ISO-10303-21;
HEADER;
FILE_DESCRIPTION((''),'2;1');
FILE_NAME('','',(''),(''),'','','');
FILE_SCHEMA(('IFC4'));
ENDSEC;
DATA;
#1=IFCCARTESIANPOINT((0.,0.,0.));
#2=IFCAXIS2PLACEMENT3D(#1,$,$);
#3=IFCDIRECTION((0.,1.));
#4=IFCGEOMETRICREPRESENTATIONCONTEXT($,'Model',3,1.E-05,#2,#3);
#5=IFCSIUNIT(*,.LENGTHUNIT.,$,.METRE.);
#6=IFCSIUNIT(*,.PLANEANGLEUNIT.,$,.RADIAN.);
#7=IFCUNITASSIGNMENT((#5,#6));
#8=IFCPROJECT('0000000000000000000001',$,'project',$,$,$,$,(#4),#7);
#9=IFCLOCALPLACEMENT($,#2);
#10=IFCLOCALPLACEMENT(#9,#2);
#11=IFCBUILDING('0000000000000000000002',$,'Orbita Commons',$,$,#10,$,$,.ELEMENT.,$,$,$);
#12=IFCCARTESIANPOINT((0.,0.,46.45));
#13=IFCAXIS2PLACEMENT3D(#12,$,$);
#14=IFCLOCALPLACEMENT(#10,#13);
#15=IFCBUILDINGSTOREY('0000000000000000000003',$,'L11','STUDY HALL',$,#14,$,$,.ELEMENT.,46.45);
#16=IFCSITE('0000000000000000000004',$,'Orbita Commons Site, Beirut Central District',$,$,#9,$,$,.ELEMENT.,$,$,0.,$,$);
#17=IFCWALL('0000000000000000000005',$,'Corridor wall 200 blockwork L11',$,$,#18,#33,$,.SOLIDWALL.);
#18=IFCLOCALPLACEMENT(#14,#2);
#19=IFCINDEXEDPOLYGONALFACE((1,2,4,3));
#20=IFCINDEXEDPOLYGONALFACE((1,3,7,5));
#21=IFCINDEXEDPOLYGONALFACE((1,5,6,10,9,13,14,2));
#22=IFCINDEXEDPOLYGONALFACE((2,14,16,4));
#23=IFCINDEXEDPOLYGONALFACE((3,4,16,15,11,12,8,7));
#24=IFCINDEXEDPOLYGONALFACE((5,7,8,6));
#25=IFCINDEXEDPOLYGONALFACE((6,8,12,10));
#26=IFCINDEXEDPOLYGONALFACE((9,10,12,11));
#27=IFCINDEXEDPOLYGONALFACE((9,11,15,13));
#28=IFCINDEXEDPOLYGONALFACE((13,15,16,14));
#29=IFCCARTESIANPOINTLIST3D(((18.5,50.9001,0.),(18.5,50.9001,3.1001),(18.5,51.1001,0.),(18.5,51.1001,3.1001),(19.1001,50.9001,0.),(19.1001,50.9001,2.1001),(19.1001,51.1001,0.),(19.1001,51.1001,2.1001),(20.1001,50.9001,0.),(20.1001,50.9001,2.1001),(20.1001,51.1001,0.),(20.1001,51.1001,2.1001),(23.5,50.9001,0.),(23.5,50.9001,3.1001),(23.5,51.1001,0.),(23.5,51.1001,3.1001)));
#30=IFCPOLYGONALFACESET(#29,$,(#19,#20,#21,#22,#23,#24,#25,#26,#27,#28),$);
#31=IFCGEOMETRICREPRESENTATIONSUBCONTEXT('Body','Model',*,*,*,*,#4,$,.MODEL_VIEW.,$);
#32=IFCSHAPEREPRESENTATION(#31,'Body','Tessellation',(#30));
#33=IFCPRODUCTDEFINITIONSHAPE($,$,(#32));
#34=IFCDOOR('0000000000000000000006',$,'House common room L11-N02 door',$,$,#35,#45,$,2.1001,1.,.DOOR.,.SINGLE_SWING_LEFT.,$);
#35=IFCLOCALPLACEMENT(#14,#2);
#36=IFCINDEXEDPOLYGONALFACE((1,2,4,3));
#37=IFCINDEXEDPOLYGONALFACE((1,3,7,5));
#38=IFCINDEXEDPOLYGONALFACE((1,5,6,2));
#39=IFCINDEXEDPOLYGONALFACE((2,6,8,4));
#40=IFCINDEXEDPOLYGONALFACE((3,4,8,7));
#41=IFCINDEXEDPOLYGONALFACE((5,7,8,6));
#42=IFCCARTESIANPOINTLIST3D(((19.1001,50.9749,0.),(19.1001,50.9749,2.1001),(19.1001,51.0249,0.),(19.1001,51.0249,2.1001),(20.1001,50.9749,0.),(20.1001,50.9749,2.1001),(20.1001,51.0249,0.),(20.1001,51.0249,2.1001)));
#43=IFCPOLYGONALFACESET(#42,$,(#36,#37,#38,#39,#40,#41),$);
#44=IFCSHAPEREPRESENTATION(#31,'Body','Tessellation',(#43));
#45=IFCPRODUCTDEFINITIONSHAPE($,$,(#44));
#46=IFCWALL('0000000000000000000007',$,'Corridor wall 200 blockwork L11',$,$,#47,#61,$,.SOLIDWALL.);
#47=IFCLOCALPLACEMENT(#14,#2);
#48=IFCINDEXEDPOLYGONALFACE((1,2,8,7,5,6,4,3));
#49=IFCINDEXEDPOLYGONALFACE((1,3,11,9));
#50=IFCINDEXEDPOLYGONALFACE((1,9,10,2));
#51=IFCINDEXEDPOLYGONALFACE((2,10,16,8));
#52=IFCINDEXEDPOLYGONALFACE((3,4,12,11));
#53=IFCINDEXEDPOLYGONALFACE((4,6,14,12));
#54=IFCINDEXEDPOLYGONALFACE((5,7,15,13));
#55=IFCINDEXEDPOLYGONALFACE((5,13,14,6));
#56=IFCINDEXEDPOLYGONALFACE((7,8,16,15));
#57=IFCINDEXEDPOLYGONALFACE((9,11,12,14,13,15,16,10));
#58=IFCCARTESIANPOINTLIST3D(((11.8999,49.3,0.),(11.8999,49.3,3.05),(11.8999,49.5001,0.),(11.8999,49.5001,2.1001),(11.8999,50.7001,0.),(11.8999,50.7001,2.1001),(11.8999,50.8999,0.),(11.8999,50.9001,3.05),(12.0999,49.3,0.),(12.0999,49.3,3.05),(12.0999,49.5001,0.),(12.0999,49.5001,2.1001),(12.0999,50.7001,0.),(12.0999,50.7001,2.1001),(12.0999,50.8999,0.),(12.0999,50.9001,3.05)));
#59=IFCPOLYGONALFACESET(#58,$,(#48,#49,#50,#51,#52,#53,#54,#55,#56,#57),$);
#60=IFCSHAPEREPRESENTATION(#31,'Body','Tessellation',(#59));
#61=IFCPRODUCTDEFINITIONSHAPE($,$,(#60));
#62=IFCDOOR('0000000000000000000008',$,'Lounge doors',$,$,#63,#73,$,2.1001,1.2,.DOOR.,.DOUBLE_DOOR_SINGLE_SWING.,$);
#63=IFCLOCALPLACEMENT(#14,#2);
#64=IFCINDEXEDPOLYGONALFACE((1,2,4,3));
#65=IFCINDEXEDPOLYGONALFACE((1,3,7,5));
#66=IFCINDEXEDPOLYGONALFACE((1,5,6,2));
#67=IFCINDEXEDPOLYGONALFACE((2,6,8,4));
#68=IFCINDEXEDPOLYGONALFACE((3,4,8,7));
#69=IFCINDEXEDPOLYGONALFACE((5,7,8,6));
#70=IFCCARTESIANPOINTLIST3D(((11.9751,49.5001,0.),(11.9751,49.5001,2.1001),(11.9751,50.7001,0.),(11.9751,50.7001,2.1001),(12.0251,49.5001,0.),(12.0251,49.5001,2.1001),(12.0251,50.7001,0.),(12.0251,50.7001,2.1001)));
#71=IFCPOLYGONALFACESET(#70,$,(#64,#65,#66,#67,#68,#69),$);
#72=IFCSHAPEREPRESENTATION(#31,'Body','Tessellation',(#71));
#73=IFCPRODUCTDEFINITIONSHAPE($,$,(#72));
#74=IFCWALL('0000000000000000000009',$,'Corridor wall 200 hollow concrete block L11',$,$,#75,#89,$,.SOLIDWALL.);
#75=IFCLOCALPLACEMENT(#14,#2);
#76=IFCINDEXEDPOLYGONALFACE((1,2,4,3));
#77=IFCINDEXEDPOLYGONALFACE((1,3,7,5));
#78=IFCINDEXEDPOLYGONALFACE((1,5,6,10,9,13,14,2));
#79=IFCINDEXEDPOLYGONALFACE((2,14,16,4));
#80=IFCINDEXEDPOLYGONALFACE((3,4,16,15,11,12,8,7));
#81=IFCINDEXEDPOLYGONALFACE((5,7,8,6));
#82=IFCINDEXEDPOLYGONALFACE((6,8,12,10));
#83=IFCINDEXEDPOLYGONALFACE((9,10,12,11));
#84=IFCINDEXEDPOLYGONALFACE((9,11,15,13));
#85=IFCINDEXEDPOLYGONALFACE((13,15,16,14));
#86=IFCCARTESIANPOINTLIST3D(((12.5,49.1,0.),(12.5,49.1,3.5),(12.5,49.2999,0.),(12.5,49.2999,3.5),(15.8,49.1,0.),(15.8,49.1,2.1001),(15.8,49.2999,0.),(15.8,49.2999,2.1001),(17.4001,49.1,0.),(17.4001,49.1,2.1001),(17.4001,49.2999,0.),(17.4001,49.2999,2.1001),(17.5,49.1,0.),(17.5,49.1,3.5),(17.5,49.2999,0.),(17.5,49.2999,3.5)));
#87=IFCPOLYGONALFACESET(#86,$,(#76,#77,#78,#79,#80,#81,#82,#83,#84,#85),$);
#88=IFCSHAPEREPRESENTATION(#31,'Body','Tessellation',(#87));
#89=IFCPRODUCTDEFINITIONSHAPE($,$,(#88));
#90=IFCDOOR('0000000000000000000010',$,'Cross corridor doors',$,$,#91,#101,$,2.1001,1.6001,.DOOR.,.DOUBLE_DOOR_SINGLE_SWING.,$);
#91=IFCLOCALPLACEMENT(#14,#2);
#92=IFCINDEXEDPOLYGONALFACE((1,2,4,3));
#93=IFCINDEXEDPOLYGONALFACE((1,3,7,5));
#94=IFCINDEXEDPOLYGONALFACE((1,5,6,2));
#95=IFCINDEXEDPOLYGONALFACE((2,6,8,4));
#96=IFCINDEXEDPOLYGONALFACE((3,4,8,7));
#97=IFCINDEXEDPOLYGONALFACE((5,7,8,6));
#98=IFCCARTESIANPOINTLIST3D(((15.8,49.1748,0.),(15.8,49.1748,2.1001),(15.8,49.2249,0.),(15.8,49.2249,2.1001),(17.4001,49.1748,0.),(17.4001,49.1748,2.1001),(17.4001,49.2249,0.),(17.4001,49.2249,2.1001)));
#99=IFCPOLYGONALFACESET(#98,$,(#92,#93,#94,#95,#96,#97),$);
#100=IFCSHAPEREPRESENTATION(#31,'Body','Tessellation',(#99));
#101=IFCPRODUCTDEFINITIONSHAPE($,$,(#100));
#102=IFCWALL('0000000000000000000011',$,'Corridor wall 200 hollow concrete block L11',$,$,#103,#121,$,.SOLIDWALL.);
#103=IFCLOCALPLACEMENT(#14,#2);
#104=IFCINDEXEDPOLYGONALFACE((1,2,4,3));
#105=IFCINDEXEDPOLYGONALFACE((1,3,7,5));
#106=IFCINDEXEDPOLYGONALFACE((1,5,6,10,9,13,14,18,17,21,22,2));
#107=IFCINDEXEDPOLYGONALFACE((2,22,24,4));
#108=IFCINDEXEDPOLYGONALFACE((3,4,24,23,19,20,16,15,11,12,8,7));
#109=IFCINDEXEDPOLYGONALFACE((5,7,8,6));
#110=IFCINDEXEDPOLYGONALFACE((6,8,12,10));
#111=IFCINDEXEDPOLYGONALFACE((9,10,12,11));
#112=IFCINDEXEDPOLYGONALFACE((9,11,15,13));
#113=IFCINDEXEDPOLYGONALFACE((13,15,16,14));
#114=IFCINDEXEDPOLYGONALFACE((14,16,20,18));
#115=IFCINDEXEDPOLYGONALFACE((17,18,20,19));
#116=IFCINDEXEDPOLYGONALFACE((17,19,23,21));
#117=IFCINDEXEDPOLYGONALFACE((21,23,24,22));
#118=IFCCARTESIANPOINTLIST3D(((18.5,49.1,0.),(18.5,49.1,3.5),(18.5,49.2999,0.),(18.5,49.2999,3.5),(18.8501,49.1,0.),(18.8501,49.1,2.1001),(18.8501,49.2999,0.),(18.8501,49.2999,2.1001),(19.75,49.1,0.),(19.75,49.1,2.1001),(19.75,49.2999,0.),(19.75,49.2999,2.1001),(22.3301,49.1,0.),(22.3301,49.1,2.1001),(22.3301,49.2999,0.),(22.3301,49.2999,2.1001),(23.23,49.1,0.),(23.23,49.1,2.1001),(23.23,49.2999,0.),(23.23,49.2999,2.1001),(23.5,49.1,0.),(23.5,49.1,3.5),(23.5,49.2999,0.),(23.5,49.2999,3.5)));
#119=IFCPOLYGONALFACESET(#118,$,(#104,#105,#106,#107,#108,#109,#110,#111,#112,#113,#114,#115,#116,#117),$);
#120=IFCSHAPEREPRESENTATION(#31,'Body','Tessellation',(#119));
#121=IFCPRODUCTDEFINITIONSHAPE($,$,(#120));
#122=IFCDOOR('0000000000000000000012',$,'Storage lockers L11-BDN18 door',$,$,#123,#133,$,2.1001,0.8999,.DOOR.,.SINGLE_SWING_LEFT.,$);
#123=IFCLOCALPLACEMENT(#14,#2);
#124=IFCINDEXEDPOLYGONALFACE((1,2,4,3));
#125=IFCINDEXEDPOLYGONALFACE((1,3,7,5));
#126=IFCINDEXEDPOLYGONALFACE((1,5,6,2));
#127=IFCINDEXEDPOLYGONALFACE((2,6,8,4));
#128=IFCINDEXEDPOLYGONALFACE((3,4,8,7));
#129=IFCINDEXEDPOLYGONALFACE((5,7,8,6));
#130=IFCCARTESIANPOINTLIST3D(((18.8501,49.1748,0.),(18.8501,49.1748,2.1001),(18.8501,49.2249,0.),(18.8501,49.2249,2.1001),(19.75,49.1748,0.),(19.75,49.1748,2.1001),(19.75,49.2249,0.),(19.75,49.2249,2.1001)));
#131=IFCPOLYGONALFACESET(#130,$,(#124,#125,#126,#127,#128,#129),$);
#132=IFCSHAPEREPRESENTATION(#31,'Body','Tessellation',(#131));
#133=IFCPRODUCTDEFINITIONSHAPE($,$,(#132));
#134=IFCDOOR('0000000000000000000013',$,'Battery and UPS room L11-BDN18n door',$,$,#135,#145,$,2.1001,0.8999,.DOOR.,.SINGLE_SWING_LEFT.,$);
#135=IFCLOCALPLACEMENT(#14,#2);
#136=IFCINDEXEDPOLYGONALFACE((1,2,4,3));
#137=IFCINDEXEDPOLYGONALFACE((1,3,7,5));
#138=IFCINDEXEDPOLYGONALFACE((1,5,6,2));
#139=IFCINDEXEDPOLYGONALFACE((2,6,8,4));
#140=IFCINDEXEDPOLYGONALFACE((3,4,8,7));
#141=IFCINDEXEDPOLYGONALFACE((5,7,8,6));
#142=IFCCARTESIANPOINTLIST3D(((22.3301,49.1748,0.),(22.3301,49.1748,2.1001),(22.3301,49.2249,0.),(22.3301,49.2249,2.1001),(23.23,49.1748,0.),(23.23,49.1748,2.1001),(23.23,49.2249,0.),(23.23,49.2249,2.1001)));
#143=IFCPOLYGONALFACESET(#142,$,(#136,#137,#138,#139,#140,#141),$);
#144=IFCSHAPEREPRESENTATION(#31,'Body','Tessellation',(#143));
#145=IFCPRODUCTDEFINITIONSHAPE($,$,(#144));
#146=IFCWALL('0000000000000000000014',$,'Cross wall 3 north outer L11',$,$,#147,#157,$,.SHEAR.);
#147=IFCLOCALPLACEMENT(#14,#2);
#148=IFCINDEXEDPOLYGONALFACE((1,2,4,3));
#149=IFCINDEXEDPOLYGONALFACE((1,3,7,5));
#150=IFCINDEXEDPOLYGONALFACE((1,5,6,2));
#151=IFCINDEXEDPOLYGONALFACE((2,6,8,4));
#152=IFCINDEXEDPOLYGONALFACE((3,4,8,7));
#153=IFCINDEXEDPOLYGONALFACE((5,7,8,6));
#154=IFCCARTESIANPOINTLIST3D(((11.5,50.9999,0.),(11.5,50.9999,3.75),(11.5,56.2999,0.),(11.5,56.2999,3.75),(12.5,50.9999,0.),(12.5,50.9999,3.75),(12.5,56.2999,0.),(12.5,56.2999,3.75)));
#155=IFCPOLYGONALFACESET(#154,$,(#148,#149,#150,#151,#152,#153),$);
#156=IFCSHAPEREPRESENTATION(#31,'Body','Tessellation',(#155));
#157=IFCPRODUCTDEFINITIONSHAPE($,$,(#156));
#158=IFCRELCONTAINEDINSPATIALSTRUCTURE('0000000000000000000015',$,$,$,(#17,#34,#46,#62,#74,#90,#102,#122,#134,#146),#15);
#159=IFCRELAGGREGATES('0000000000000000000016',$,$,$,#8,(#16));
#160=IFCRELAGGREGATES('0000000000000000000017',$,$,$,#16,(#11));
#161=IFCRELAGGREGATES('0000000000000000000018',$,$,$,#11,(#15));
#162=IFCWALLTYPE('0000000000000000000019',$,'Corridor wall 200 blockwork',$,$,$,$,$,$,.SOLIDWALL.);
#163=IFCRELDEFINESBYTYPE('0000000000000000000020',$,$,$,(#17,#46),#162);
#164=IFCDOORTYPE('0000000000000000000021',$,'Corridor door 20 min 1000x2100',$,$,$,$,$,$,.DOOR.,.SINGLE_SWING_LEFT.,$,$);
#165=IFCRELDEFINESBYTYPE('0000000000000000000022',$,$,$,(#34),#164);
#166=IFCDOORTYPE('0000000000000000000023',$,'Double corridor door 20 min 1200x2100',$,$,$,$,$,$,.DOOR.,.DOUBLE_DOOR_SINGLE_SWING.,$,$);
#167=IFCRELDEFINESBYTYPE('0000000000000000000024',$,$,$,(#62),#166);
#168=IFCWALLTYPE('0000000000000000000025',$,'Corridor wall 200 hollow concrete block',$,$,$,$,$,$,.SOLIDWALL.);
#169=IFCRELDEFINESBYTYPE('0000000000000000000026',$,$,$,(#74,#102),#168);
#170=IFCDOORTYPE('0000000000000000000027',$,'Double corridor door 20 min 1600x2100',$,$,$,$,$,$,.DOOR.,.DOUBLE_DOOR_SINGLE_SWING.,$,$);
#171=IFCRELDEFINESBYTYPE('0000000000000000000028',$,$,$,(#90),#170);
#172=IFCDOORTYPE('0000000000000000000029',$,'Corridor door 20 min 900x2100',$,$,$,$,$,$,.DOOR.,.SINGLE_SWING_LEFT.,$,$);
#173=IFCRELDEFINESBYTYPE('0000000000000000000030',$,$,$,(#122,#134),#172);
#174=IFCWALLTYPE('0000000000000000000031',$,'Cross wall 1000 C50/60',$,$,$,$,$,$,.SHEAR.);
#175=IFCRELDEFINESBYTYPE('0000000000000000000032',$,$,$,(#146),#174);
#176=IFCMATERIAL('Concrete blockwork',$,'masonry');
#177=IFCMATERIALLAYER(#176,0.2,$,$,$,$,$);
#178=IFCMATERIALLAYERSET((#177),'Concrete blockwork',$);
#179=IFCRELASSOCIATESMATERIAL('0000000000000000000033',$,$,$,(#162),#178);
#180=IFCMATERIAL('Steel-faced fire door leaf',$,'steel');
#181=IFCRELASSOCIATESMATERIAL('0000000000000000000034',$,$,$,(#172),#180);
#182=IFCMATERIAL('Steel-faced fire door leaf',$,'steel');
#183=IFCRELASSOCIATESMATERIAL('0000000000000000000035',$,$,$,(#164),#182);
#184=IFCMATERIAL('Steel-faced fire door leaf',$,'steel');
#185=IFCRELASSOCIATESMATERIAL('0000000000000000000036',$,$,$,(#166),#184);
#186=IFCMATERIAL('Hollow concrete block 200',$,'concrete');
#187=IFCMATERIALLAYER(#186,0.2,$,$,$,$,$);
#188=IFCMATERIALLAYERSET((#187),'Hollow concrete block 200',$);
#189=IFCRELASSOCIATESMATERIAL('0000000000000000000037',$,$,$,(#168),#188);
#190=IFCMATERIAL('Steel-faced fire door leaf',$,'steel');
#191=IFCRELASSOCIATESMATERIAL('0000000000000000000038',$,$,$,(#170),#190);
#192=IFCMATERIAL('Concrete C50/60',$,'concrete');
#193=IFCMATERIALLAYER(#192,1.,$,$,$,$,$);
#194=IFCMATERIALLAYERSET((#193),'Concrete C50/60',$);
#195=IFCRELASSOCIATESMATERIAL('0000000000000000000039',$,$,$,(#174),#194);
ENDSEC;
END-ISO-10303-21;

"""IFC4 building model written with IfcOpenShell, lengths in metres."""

from ifc_helpers import new_model, si_unit, direction, frame, frame_2d, origin, place, context, subcontext, project, spatial, polyline, rectangle, outline, extrude, material, layer, layer_set, type_object, element, fill, save


model = new_model("IFC4")

# Units and contexts
model_context = context("Model", 3, precision=1e-05, world=origin(), true_north=direction((0.0, 1.0)))
body_context = subcontext(model_context, "Body", "Model", "MODEL_VIEW")
ifc_project = project(units=[si_unit("LENGTHUNIT", "METRE"), si_unit("PLANEANGLEUNIT", "RADIAN")], contexts=[model_context])

# Site, building, storey
site_placement = place(None, origin())
site = spatial("IfcSite", under=ifc_project, at=site_placement, Name="Orbita Commons Site, Beirut Central District", CompositionType="ELEMENT", RefElevation=0.0)
building_placement = place(site_placement, origin())
building = spatial("IfcBuilding", under=site, at=building_placement, Name="Orbita Commons", CompositionType="ELEMENT")
storey_placement = place(building_placement, frame((0.0, 0.0, 46.45)))
storey = spatial("IfcBuildingStorey", under=building, at=storey_placement, Name="L11", Description="STUDY HALL", CompositionType="ELEMENT", Elevation=46.45)

# Shared definitions
ifc_material_1 = material(Name="Concrete blockwork", Category="masonry")
ifc_layer_1 = layer(ifc_material_1, 0.2)
ifc_layer_set_1 = layer_set([ifc_layer_1], Name="Concrete blockwork")
wall_type_1 = type_object("IfcWallType", Name="Corridor wall 200 blockwork", PredefinedType="SOLIDWALL", material=ifc_layer_set_1)
ifc_material_2 = material(Name="Steel-faced fire door leaf", Category="steel")
door_type_1 = type_object("IfcDoorType", Name="Corridor door 20 min 900x2100", OperationType="SINGLE_SWING_LEFT", PredefinedType="DOOR", material=ifc_material_2)

# Walls, openings, doors
wall_1_placement = place(storey_placement, frame((18.5, 51.0, 0.0), z_axis=(0.0, 0.0, 1.0), x_axis=(1.0, 0.0, 0.0)))
wall_1 = element("IfcWall", 1, at=wall_1_placement, inside=storey, type_object=wall_type_1, Name="Corridor wall 200 blockwork L11", PredefinedType="SOLIDWALL", context=body_context, shape_type="SweptSolid", body=[
    extrude(outline(polyline([(0.0, 0.0), (5.0, 0.0), (5.0, 3.1001), (0.0, 3.1001), (0.0, 0.0)])), frame((0.0, 0.1001, 0.0), z_axis=(0.0, -1.0, 0.0), x_axis=(1.0, 0.0, 0.0)), (0.0, 0.0, 1.0), 0.2),
])
opening_1_placement = place(wall_1_placement, frame((0.6001, 0.0, 0.0)))
opening_1 = element("IfcOpeningElement", 2, at=opening_1_placement, cuts=wall_1, PredefinedType="OPENING", context=body_context, shape_type="SweptSolid", body=[
    extrude(rectangle(XDim=1.0, YDim=2.1001, at=frame_2d((0.5, 1.05))), frame((0.0, 0.1099, 0.0), z_axis=(0.0, -1.0, 0.0), x_axis=(1.0, 0.0, 0.0)), (0.0, 0.0, 1.0), 0.22),
])
ifc_material_3 = material(Name="Steel-faced fire door leaf", Category="steel")
door_type_2 = type_object("IfcDoorType", Name="Corridor door 20 min 1000x2100", OperationType="SINGLE_SWING_LEFT", PredefinedType="DOOR", material=ifc_material_3)
door_1_placement = place(opening_1_placement, origin())
door_1 = element("IfcDoor", 3, at=door_1_placement, inside=storey, type_object=door_type_2, Name="House common room L11-N02 door", OperationType="SINGLE_SWING_LEFT", OverallHeight=2.1001, OverallWidth=1.0, PredefinedType="DOOR", context=body_context, shape_type="SweptSolid", body=[
    extrude(rectangle(XDim=1.0, YDim=2.1001, at=frame_2d((0.5, 1.05))), frame((0.0, 0.0249, 0.0), z_axis=(0.0, -1.0, 0.0), x_axis=(1.0, 0.0, 0.0)), (0.0, 0.0, 1.0), 0.05),
])
fill(opening_1, door_1)
wall_2_placement = place(storey_placement, frame((12.0, 49.3, 0.0), z_axis=(0.0, 0.0, 1.0), x_axis=(0.0, 1.0, 0.0)))
wall_2 = element("IfcWall", 4, at=wall_2_placement, inside=storey, type_object=wall_type_1, Name="Corridor wall 200 blockwork L11", PredefinedType="SOLIDWALL", context=body_context, shape_type="SweptSolid", body=[
    extrude(outline(polyline([(0.0, 0.0), (1.5999, 0.0), (1.6001, 3.05), (0.0, 3.05), (0.0, 0.0)])), frame((0.0, 0.1001, 0.0), z_axis=(0.0, -1.0, 0.0), x_axis=(1.0, 0.0, 0.0)), (0.0, 0.0, 1.0), 0.2),
])
opening_2_placement = place(wall_2_placement, frame((0.2, 0.0, 0.0)))
opening_2 = element("IfcOpeningElement", 5, at=opening_2_placement, cuts=wall_2, PredefinedType="OPENING", context=body_context, shape_type="SweptSolid", body=[
    extrude(rectangle(XDim=1.2, YDim=2.1001, at=frame_2d((0.6001, 1.05))), frame((0.0, 0.1099, 0.0), z_axis=(0.0, -1.0, 0.0), x_axis=(1.0, 0.0, 0.0)), (0.0, 0.0, 1.0), 0.22),
])
ifc_material_4 = material(Name="Steel-faced fire door leaf", Category="steel")
door_type_3 = type_object("IfcDoorType", Name="Double corridor door 20 min 1200x2100", OperationType="DOUBLE_DOOR_SINGLE_SWING", PredefinedType="DOOR", material=ifc_material_4)
door_2_placement = place(opening_2_placement, origin())
door_2 = element("IfcDoor", 6, at=door_2_placement, inside=storey, type_object=door_type_3, Name="Lounge doors", OperationType="DOUBLE_DOOR_SINGLE_SWING", OverallHeight=2.1001, OverallWidth=1.2, PredefinedType="DOOR", context=body_context, shape_type="SweptSolid", body=[
    extrude(rectangle(XDim=1.2, YDim=2.1001, at=frame_2d((0.6001, 1.05))), frame((0.0, 0.0249, 0.0), z_axis=(0.0, -1.0, 0.0), x_axis=(1.0, 0.0, 0.0)), (0.0, 0.0, 1.0), 0.05),
])
fill(opening_2, door_2)
ifc_material_5 = material(Name="Hollow concrete block 200", Category="concrete")
ifc_layer_2 = layer(ifc_material_5, 0.2)
ifc_layer_set_2 = layer_set([ifc_layer_2], Name="Hollow concrete block 200")
wall_type_2 = type_object("IfcWallType", Name="Corridor wall 200 hollow concrete block", PredefinedType="SOLIDWALL", material=ifc_layer_set_2)
wall_3_placement = place(storey_placement, frame((12.5, 49.2, 0.0), z_axis=(0.0, 0.0, 1.0), x_axis=(1.0, 0.0, 0.0)))
wall_3 = element("IfcWall", 7, at=wall_3_placement, inside=storey, type_object=wall_type_2, Name="Corridor wall 200 hollow concrete block L11", PredefinedType="SOLIDWALL", context=body_context, shape_type="SweptSolid", body=[
    extrude(rectangle(XDim=5.0, YDim=0.2, at=frame_2d((2.5, 0.0))), origin(), (0.0, 0.0, 1.0), 3.5),
])
opening_3_placement = place(wall_3_placement, frame((3.3, 0.0, 0.0)))
opening_3 = element("IfcOpeningElement", 8, at=opening_3_placement, cuts=wall_3, PredefinedType="OPENING", context=body_context, shape_type="SweptSolid", body=[
    extrude(rectangle(XDim=1.6001, YDim=2.1001, at=frame_2d((0.8, 1.05))), frame((0.0, 0.1099, 0.0), z_axis=(0.0, -1.0, 0.0), x_axis=(1.0, 0.0, 0.0)), (0.0, 0.0, 1.0), 0.22),
])
ifc_material_6 = material(Name="Steel-faced fire door leaf", Category="steel")
door_type_4 = type_object("IfcDoorType", Name="Double corridor door 20 min 1600x2100", OperationType="DOUBLE_DOOR_SINGLE_SWING", PredefinedType="DOOR", material=ifc_material_6)
door_3_placement = place(opening_3_placement, origin())
door_3 = element("IfcDoor", 9, at=door_3_placement, inside=storey, type_object=door_type_4, Name="Cross corridor doors", OperationType="DOUBLE_DOOR_SINGLE_SWING", OverallHeight=2.1001, OverallWidth=1.6001, PredefinedType="DOOR", context=body_context, shape_type="SweptSolid", body=[
    extrude(rectangle(XDim=1.6001, YDim=2.1001, at=frame_2d((0.8, 1.05))), frame((0.0, 0.0249, 0.0), z_axis=(0.0, -1.0, 0.0), x_axis=(1.0, 0.0, 0.0)), (0.0, 0.0, 1.0), 0.05),
])
fill(opening_3, door_3)

# Wall, openings, doors
wall_4_placement = place(storey_placement, frame((18.5, 49.2, 0.0), z_axis=(0.0, 0.0, 1.0), x_axis=(1.0, 0.0, 0.0)))
wall_4 = element("IfcWall", 10, at=wall_4_placement, inside=storey, type_object=wall_type_2, Name="Corridor wall 200 hollow concrete block L11", PredefinedType="SOLIDWALL", context=body_context, shape_type="SweptSolid", body=[
    extrude(rectangle(XDim=5.0, YDim=0.2, at=frame_2d((2.5, 0.0))), origin(), (0.0, 0.0, 1.0), 3.5),
])
opening_4_placement = place(wall_4_placement, frame((0.3501, 0.0, 0.0)))
opening_4 = element("IfcOpeningElement", 11, at=opening_4_placement, cuts=wall_4, PredefinedType="OPENING", context=body_context, shape_type="SweptSolid", body=[
    extrude(rectangle(XDim=0.8999, YDim=2.1001, at=frame_2d((0.45, 1.05))), frame((0.0, 0.1099, 0.0), z_axis=(0.0, -1.0, 0.0), x_axis=(1.0, 0.0, 0.0)), (0.0, 0.0, 1.0), 0.22),
])
opening_5_placement = place(wall_4_placement, frame((3.8301, 0.0, 0.0)))
opening_5 = element("IfcOpeningElement", 12, at=opening_5_placement, cuts=wall_4, PredefinedType="OPENING", context=body_context, shape_type="SweptSolid", body=[
    extrude(rectangle(XDim=0.8999, YDim=2.1001, at=frame_2d((0.45, 1.05))), frame((0.0, 0.1099, 0.0), z_axis=(0.0, -1.0, 0.0), x_axis=(1.0, 0.0, 0.0)), (0.0, 0.0, 1.0), 0.22),
])
door_4_placement = place(opening_4_placement, origin())
door_4 = element("IfcDoor", 13, at=door_4_placement, inside=storey, type_object=door_type_1, Name="Storage lockers L11-BDN18 door", OperationType="SINGLE_SWING_LEFT", OverallHeight=2.1001, OverallWidth=0.8999, PredefinedType="DOOR", context=body_context, shape_type="SweptSolid", body=[
    extrude(rectangle(XDim=0.8999, YDim=2.1001, at=frame_2d((0.45, 1.05))), frame((0.0, 0.0249, 0.0), z_axis=(0.0, -1.0, 0.0), x_axis=(1.0, 0.0, 0.0)), (0.0, 0.0, 1.0), 0.05),
])
fill(opening_4, door_4)
door_5_placement = place(opening_5_placement, origin())
door_5 = element("IfcDoor", 14, at=door_5_placement, inside=storey, type_object=door_type_1, Name="Battery and UPS room L11-BDN18n door", OperationType="SINGLE_SWING_LEFT", OverallHeight=2.1001, OverallWidth=0.8999, PredefinedType="DOOR", context=body_context, shape_type="SweptSolid", body=[
    extrude(rectangle(XDim=0.8999, YDim=2.1001, at=frame_2d((0.45, 1.05))), frame((0.0, 0.0249, 0.0), z_axis=(0.0, -1.0, 0.0), x_axis=(1.0, 0.0, 0.0)), (0.0, 0.0, 1.0), 0.05),
])
fill(opening_5, door_5)

# Wall
ifc_material_7 = material(Name="Concrete C50/60", Category="concrete")
ifc_layer_3 = layer(ifc_material_7, 1.0)
ifc_layer_set_3 = layer_set([ifc_layer_3], Name="Concrete C50/60")
wall_type_3 = type_object("IfcWallType", Name="Cross wall 1000 C50/60", PredefinedType="SHEAR", material=ifc_layer_set_3)
for number, where, z_axis, x_axis, name in (
    (15, (12.0, 51.0, 0.0), (0.0, 0.0, 1.0), (0.0, 1.0, 0.0), "Cross wall 3 north outer L11"),
):
    element("IfcWall", number, at=place(storey_placement, frame(where, z_axis=z_axis, x_axis=x_axis)), inside=storey, type_object=wall_type_3, Name=name, PredefinedType="SHEAR", context=body_context, shape_type="SweptSolid", body=[
        extrude(rectangle(XDim=5.3, YDim=1.0, at=frame_2d((2.6499, 0.0))), origin(), (0.0, 0.0, 1.0), 3.75),
    ])

save(model, "model.ifc")
